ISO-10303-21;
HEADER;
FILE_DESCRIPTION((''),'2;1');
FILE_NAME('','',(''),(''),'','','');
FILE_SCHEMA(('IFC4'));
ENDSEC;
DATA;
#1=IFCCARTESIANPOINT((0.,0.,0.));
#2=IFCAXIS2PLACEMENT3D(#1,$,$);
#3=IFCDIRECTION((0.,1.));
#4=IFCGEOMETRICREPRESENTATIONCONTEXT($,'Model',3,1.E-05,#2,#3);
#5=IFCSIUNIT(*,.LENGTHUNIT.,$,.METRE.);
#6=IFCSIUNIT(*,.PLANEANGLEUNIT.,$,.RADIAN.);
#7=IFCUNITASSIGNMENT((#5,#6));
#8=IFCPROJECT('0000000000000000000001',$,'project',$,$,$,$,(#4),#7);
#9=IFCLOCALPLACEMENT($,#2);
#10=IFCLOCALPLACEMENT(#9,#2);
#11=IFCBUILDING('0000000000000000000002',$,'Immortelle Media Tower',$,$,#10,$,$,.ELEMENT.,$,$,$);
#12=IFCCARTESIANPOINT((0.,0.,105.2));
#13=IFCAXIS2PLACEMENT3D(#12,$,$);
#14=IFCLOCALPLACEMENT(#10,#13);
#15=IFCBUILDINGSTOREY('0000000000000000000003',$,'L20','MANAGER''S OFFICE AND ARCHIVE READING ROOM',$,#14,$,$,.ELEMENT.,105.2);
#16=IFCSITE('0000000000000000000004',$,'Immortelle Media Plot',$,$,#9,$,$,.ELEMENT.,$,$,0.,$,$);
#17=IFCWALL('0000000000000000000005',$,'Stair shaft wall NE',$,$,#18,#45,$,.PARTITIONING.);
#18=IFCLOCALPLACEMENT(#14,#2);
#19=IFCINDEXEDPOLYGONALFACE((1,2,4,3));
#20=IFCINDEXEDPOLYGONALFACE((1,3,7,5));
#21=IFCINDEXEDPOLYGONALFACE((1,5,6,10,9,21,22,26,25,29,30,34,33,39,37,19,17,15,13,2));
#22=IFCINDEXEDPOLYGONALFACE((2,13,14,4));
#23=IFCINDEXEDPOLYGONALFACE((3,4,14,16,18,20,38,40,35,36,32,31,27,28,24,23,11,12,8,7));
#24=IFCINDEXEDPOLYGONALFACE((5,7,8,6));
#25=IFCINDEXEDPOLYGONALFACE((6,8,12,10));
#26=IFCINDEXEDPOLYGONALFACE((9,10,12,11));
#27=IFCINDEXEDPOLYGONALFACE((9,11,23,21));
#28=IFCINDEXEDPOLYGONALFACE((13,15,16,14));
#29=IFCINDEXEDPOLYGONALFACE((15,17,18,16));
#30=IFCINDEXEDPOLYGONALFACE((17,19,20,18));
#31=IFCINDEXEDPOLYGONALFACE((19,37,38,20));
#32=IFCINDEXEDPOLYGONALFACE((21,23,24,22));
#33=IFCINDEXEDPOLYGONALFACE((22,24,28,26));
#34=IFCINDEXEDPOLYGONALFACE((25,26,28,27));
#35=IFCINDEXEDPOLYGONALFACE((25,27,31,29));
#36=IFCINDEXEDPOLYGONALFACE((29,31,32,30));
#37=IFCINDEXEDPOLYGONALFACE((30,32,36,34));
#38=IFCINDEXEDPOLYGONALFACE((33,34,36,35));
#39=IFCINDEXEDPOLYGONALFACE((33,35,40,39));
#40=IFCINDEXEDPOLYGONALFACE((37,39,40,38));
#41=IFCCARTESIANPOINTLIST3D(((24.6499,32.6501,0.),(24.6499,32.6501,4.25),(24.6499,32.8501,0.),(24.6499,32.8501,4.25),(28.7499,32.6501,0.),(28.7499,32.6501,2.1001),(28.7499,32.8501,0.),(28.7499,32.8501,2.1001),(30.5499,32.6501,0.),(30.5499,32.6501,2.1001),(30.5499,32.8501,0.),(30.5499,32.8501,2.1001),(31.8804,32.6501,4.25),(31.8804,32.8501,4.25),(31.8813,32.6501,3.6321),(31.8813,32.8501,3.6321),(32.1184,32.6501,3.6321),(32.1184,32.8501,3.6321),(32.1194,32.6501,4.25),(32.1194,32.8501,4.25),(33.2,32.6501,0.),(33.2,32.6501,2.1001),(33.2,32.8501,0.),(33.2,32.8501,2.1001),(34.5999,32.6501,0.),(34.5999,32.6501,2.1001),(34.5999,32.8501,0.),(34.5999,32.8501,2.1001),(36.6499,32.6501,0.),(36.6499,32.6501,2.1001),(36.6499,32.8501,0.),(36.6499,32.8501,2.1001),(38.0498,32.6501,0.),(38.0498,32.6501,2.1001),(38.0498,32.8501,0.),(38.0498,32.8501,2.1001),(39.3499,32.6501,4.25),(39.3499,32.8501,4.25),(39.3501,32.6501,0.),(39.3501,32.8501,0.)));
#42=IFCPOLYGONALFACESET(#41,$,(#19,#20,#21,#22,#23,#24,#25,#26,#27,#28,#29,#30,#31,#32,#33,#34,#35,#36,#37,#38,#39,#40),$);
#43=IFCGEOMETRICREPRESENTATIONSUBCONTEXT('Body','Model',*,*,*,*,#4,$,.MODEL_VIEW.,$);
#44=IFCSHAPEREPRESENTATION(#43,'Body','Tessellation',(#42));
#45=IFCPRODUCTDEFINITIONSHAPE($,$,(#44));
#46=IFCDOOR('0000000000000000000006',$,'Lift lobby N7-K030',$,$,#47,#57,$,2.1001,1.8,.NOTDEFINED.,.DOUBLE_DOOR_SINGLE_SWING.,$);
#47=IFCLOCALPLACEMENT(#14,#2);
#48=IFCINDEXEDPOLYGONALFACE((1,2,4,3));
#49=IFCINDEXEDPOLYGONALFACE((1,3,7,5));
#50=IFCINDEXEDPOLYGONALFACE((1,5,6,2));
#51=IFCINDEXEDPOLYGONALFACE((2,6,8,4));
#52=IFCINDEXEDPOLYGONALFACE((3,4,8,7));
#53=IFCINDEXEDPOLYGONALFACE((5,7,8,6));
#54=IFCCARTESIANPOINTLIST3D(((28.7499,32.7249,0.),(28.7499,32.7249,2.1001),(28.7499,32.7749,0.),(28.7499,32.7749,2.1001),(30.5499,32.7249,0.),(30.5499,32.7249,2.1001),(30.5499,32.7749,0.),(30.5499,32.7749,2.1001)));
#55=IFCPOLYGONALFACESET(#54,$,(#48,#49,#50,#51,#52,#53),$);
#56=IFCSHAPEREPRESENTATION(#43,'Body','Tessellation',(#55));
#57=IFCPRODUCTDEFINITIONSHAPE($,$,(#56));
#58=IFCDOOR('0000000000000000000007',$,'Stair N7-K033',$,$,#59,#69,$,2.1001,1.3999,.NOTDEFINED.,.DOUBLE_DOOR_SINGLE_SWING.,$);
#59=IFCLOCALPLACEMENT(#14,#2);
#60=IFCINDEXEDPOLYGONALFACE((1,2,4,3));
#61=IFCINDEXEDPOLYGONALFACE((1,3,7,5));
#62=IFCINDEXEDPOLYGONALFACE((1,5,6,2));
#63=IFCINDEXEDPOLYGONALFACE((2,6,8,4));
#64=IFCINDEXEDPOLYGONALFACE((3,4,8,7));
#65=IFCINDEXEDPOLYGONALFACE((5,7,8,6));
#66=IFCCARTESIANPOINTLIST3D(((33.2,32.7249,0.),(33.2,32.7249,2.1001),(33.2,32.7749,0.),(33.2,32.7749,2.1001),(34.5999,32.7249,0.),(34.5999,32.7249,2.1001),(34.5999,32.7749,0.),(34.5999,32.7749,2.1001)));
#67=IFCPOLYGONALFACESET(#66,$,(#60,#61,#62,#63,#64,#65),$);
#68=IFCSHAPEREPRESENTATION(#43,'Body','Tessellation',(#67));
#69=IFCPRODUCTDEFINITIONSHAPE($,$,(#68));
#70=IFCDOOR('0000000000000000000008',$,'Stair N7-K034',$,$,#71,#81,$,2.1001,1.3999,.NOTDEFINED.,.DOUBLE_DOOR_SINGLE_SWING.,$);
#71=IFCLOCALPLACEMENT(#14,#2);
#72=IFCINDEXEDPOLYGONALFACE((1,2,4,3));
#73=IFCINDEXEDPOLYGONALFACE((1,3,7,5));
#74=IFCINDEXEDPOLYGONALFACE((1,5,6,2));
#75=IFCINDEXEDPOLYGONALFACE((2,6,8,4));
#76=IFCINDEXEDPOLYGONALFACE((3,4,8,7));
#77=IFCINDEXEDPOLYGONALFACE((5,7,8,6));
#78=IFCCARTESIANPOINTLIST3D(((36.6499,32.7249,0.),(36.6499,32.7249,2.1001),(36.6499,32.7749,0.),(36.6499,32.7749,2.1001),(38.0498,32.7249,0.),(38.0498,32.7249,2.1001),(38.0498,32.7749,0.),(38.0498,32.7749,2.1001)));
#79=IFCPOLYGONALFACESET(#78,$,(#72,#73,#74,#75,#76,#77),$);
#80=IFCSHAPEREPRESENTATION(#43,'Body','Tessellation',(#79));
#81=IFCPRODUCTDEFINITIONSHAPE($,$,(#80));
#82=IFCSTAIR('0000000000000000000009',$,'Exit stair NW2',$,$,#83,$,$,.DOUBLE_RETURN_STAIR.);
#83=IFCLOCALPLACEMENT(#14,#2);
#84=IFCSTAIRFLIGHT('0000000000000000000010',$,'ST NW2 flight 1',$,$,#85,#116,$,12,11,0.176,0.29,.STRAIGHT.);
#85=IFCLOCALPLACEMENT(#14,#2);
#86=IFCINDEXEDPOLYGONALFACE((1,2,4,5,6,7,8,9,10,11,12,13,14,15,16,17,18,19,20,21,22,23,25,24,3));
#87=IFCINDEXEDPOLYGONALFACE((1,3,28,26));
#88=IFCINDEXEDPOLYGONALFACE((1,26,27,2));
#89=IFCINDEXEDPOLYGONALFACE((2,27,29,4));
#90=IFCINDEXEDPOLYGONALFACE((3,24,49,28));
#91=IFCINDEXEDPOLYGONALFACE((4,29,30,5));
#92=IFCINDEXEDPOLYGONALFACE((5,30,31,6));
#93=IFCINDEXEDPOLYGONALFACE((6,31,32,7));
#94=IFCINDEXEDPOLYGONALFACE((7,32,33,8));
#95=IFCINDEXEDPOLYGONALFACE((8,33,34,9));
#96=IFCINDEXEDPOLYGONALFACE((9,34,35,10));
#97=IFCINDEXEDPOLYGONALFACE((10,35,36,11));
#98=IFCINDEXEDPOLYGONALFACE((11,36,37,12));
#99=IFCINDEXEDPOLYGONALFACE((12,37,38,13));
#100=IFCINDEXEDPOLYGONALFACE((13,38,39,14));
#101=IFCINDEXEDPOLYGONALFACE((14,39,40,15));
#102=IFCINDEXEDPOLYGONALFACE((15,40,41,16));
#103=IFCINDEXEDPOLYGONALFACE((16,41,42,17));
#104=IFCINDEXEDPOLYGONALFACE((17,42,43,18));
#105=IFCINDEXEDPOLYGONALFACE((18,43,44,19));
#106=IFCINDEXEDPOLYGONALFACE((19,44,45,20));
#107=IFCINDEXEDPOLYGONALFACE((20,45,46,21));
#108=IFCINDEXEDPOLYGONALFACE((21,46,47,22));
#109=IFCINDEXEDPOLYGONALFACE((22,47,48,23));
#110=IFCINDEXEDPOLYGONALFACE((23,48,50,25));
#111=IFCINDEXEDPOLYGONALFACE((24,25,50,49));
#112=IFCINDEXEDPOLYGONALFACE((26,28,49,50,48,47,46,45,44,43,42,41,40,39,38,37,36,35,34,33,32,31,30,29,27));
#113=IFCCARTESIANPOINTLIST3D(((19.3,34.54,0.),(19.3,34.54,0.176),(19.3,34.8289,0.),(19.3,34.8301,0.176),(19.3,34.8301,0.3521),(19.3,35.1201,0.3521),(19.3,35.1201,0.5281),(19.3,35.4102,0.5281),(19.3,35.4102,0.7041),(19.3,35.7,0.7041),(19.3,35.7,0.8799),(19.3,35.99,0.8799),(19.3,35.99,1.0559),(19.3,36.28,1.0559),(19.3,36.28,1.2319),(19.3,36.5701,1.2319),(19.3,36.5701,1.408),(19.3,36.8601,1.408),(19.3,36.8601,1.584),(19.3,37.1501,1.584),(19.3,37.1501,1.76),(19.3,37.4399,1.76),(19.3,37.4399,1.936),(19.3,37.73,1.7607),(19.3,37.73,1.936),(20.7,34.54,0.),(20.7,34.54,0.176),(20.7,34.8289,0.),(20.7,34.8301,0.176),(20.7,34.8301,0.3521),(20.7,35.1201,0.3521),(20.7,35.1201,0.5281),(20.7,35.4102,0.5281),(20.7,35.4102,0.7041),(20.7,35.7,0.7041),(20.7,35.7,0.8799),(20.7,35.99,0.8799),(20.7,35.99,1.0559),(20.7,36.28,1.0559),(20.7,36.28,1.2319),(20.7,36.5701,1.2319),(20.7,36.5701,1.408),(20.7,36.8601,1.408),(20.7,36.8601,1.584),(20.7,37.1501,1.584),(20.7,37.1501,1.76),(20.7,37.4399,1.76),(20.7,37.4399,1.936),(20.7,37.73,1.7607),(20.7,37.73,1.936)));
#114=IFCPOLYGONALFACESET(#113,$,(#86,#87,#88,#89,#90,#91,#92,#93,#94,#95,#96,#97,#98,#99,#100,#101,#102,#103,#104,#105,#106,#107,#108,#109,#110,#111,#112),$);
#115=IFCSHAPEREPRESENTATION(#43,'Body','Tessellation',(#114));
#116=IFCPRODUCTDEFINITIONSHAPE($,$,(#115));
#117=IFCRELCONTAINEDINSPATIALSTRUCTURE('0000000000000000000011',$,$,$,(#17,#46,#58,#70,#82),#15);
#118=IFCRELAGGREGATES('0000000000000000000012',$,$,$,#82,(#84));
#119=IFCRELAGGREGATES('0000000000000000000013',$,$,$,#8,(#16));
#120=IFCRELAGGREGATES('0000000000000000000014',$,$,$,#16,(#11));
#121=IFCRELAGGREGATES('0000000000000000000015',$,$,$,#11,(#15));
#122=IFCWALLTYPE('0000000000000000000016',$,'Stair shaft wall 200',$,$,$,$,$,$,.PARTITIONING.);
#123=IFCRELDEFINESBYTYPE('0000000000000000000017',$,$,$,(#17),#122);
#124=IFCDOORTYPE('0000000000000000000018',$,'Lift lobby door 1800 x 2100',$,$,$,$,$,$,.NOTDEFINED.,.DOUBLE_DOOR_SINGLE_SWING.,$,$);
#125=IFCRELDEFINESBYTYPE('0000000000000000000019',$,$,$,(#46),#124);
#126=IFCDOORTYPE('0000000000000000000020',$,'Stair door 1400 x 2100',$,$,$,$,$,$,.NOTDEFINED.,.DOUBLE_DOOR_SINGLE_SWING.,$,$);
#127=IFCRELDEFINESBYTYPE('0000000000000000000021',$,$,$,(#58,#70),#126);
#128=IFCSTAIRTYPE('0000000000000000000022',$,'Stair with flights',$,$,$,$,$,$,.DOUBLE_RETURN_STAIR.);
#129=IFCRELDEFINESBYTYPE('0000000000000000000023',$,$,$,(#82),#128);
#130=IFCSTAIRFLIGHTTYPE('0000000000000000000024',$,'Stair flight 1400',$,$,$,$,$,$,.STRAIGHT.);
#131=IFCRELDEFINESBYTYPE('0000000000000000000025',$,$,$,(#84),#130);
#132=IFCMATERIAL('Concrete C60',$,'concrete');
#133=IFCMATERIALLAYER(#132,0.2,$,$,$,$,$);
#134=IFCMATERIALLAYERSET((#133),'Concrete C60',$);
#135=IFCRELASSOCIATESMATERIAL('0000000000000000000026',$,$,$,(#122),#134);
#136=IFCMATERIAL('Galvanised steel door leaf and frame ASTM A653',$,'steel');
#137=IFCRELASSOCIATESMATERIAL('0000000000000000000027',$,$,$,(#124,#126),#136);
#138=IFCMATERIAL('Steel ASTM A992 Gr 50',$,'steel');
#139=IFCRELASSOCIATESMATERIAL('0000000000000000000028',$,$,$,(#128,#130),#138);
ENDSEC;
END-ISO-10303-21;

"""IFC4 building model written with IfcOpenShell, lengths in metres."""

from ifc_helpers import new_model, si_unit, direction, frame, frame_2d, origin, place, context, subcontext, project, spatial, polyline, rectangle, outline, extrude, material, layer, layer_set, type_object, element, fill, aggregate, save


model = new_model("IFC4")

# Units and contexts
model_context = context("Model", 3, precision=1e-05, world=origin(), true_north=direction((0.0, 1.0)))
body_context = subcontext(model_context, "Body", "Model", "MODEL_VIEW")
ifc_project = project(units=[si_unit("LENGTHUNIT", "METRE"), si_unit("PLANEANGLEUNIT", "RADIAN")], contexts=[model_context])

# Site, building, storey
site_placement = place(None, origin())
site = spatial("IfcSite", under=ifc_project, at=site_placement, Name="Immortelle Media Plot", CompositionType="ELEMENT", RefElevation=0.0)
building_placement = place(site_placement, origin())
building = spatial("IfcBuilding", under=site, at=building_placement, Name="Immortelle Media Tower", CompositionType="ELEMENT")
storey_placement = place(building_placement, frame((0.0, 0.0, 105.2)))
storey = spatial("IfcBuildingStorey", under=building, at=storey_placement, Name="L20", Description="MANAGER'S OFFICE AND ARCHIVE READING ROOM", CompositionType="ELEMENT", Elevation=105.2)

# Shared definitions
ifc_material_1 = material(Name="Steel ASTM A992 Gr 50", Category="steel")

# Shared definitions
ifc_material_2 = material(Name="Concrete C60", Category="concrete")
ifc_layer_1 = layer(ifc_material_2, 0.2)
ifc_layer_set_1 = layer_set([ifc_layer_1], Name="Concrete C60")
wall_type_1 = type_object("IfcWallType", Name="Stair shaft wall 200", PredefinedType="PARTITIONING", material=ifc_layer_set_1)

# Wall, openings, doors
wall_1_placement = place(storey_placement, frame((24.6499, 32.75, 0.0), z_axis=(0.0, 0.0, 1.0), x_axis=(1.0, 0.0, 0.0)))
wall_1 = element("IfcWall", 1, at=wall_1_placement, inside=storey, type_object=wall_type_1, Name="Stair shaft wall NE", PredefinedType="PARTITIONING", context=body_context, shape_type="SweptSolid", body=[
    extrude(outline(polyline([(0.0, 0.0), (14.7002, 0.0), (14.7, 4.25), (7.4695, 4.25), (7.4685, 3.6321), (7.2314, 3.6321), (7.2305, 4.25), (0.0, 4.25), (0.0, 0.0)])), frame((0.0, 0.1001, 0.0), z_axis=(0.0, -1.0, 0.0), x_axis=(1.0, 0.0, 0.0)), (0.0, 0.0, 1.0), 0.2),
])
opening_1_placement = place(wall_1_placement, frame((4.1001, 0.0, 0.0)))
opening_1 = element("IfcOpeningElement", 2, at=opening_1_placement, cuts=wall_1, PredefinedType="OPENING", context=body_context, shape_type="SweptSolid", body=[
    extrude(rectangle(XDim=1.8, YDim=2.1001, at=frame_2d((0.8999, 1.05))), frame((0.0, 0.1099, 0.0), z_axis=(0.0, -1.0, 0.0), x_axis=(1.0, 0.0, 0.0)), (0.0, 0.0, 1.0), 0.22),
])
opening_2_placement = place(wall_1_placement, frame((8.55, 0.0, 0.0)))
opening_2 = element("IfcOpeningElement", 3, at=opening_2_placement, cuts=wall_1, PredefinedType="OPENING", context=body_context, shape_type="SweptSolid", body=[
    extrude(rectangle(XDim=1.3999, YDim=2.1001, at=frame_2d((0.7, 1.05))), frame((0.0, 0.1099, 0.0), z_axis=(0.0, -1.0, 0.0), x_axis=(1.0, 0.0, 0.0)), (0.0, 0.0, 1.0), 0.22),
])
opening_3_placement = place(wall_1_placement, frame((12.0, 0.0, 0.0)))
opening_3 = element("IfcOpeningElement", 4, at=opening_3_placement, cuts=wall_1, PredefinedType="OPENING", context=body_context, shape_type="SweptSolid", body=[
    extrude(rectangle(XDim=1.3999, YDim=2.1001, at=frame_2d((0.7, 1.05))), frame((0.0, 0.1099, 0.0), z_axis=(0.0, -1.0, 0.0), x_axis=(1.0, 0.0, 0.0)), (0.0, 0.0, 1.0), 0.22),
])
ifc_material_3 = material(Name="Galvanised steel door leaf and frame ASTM A653", Category="steel")
door_type_1 = type_object("IfcDoorType", Name="Lift lobby door 1800 x 2100", OperationType="DOUBLE_DOOR_SINGLE_SWING", PredefinedType="NOTDEFINED", material=ifc_material_3)
door_1_placement = place(opening_1_placement, origin())
door_1 = element("IfcDoor", 5, at=door_1_placement, inside=storey, type_object=door_type_1, Name="Lift lobby N7-K030", OperationType="DOUBLE_DOOR_SINGLE_SWING", OverallHeight=2.1001, OverallWidth=1.8, PredefinedType="NOTDEFINED", context=body_context, shape_type="SweptSolid", body=[
    extrude(rectangle(XDim=1.8, YDim=2.1001, at=frame_2d((0.8999, 1.05))), frame((0.0, 0.0249, 0.0), z_axis=(0.0, -1.0, 0.0), x_axis=(1.0, 0.0, 0.0)), (0.0, 0.0, 1.0), 0.05),
])
fill(opening_1, door_1)
door_type_2 = type_object("IfcDoorType", Name="Stair door 1400 x 2100", OperationType="DOUBLE_DOOR_SINGLE_SWING", PredefinedType="NOTDEFINED", material=ifc_material_3)
door_2_placement = place(opening_2_placement, origin())
door_2 = element("IfcDoor", 6, at=door_2_placement, inside=storey, type_object=door_type_2, Name="Stair N7-K033", OperationType="DOUBLE_DOOR_SINGLE_SWING", OverallHeight=2.1001, OverallWidth=1.3999, PredefinedType="NOTDEFINED", context=body_context, shape_type="SweptSolid", body=[
    extrude(rectangle(XDim=1.3999, YDim=2.1001, at=frame_2d((0.7, 1.05))), frame((0.0, 0.0249, 0.0), z_axis=(0.0, -1.0, 0.0), x_axis=(1.0, 0.0, 0.0)), (0.0, 0.0, 1.0), 0.05),
])
fill(opening_2, door_2)
door_3_placement = place(opening_3_placement, origin())
door_3 = element("IfcDoor", 7, at=door_3_placement, inside=storey, type_object=door_type_2, Name="Stair N7-K034", OperationType="DOUBLE_DOOR_SINGLE_SWING", OverallHeight=2.1001, OverallWidth=1.3999, PredefinedType="NOTDEFINED", context=body_context, shape_type="SweptSolid", body=[
    extrude(rectangle(XDim=1.3999, YDim=2.1001, at=frame_2d((0.7, 1.05))), frame((0.0, 0.0249, 0.0), z_axis=(0.0, -1.0, 0.0), x_axis=(1.0, 0.0, 0.0)), (0.0, 0.0, 1.0), 0.05),
])
fill(opening_3, door_3)

# Stair, stair flight
stair_type = type_object("IfcStairType", Name="Stair with flights", PredefinedType="DOUBLE_RETURN_STAIR", material=ifc_material_1)
stair_placement = place(storey_placement, origin())
stair = element("IfcStair", 8, at=stair_placement, inside=storey, type_object=stair_type, Name="Exit stair NW2", PredefinedType="DOUBLE_RETURN_STAIR")
stair_flight_type = type_object("IfcStairFlightType", Name="Stair flight 1400", PredefinedType="STRAIGHT", material=ifc_material_1)
stair_flight_placement = place(storey_placement, frame((20.0, 34.54, 0.0), z_axis=(0.0, 0.0, 1.0), x_axis=(0.0, 1.0, 0.0)))
stair_flight = element("IfcStairFlight", 9, at=stair_flight_placement, type_object=stair_flight_type, Name="ST NW2 flight 1", NumberOfRisers=12, NumberOfTreads=11, PredefinedType="STRAIGHT", RiserHeight=0.176, TreadLength=0.29, context=body_context, shape_type="SweptSolid", body=[
    extrude(outline(polyline([(0.0, 0.0), (0.0, 0.176), (0.29, 0.176), (0.29, 0.3521), (0.5801, 0.3521), (0.5801, 0.5281), (0.8701, 0.5281), (0.8701, 0.7041), (1.1599, 0.7041), (1.1599, 0.8799), (1.45, 0.8799), (1.45, 1.0559), (1.74, 1.0559), (1.74, 1.2319), (2.03, 1.2319), (2.03, 1.408), (2.3201, 1.408), (2.3201, 1.584), (2.6101, 1.584), (2.6101, 1.76), (2.8999, 1.76), (2.8999, 1.936), (3.1899, 1.936), (3.1899, 2.1121), (3.1899, 1.7607), (0.2888, 0.0), (0.0, 0.0)])), frame((0.0, 0.7, 0.0), z_axis=(0.0, -1.0, 0.0), x_axis=(1.0, 0.0, 0.0)), (0.0, 0.0, 1.0), 1.3999),
])
aggregate(stair, [stair_flight])

save(model, "model.ifc")
